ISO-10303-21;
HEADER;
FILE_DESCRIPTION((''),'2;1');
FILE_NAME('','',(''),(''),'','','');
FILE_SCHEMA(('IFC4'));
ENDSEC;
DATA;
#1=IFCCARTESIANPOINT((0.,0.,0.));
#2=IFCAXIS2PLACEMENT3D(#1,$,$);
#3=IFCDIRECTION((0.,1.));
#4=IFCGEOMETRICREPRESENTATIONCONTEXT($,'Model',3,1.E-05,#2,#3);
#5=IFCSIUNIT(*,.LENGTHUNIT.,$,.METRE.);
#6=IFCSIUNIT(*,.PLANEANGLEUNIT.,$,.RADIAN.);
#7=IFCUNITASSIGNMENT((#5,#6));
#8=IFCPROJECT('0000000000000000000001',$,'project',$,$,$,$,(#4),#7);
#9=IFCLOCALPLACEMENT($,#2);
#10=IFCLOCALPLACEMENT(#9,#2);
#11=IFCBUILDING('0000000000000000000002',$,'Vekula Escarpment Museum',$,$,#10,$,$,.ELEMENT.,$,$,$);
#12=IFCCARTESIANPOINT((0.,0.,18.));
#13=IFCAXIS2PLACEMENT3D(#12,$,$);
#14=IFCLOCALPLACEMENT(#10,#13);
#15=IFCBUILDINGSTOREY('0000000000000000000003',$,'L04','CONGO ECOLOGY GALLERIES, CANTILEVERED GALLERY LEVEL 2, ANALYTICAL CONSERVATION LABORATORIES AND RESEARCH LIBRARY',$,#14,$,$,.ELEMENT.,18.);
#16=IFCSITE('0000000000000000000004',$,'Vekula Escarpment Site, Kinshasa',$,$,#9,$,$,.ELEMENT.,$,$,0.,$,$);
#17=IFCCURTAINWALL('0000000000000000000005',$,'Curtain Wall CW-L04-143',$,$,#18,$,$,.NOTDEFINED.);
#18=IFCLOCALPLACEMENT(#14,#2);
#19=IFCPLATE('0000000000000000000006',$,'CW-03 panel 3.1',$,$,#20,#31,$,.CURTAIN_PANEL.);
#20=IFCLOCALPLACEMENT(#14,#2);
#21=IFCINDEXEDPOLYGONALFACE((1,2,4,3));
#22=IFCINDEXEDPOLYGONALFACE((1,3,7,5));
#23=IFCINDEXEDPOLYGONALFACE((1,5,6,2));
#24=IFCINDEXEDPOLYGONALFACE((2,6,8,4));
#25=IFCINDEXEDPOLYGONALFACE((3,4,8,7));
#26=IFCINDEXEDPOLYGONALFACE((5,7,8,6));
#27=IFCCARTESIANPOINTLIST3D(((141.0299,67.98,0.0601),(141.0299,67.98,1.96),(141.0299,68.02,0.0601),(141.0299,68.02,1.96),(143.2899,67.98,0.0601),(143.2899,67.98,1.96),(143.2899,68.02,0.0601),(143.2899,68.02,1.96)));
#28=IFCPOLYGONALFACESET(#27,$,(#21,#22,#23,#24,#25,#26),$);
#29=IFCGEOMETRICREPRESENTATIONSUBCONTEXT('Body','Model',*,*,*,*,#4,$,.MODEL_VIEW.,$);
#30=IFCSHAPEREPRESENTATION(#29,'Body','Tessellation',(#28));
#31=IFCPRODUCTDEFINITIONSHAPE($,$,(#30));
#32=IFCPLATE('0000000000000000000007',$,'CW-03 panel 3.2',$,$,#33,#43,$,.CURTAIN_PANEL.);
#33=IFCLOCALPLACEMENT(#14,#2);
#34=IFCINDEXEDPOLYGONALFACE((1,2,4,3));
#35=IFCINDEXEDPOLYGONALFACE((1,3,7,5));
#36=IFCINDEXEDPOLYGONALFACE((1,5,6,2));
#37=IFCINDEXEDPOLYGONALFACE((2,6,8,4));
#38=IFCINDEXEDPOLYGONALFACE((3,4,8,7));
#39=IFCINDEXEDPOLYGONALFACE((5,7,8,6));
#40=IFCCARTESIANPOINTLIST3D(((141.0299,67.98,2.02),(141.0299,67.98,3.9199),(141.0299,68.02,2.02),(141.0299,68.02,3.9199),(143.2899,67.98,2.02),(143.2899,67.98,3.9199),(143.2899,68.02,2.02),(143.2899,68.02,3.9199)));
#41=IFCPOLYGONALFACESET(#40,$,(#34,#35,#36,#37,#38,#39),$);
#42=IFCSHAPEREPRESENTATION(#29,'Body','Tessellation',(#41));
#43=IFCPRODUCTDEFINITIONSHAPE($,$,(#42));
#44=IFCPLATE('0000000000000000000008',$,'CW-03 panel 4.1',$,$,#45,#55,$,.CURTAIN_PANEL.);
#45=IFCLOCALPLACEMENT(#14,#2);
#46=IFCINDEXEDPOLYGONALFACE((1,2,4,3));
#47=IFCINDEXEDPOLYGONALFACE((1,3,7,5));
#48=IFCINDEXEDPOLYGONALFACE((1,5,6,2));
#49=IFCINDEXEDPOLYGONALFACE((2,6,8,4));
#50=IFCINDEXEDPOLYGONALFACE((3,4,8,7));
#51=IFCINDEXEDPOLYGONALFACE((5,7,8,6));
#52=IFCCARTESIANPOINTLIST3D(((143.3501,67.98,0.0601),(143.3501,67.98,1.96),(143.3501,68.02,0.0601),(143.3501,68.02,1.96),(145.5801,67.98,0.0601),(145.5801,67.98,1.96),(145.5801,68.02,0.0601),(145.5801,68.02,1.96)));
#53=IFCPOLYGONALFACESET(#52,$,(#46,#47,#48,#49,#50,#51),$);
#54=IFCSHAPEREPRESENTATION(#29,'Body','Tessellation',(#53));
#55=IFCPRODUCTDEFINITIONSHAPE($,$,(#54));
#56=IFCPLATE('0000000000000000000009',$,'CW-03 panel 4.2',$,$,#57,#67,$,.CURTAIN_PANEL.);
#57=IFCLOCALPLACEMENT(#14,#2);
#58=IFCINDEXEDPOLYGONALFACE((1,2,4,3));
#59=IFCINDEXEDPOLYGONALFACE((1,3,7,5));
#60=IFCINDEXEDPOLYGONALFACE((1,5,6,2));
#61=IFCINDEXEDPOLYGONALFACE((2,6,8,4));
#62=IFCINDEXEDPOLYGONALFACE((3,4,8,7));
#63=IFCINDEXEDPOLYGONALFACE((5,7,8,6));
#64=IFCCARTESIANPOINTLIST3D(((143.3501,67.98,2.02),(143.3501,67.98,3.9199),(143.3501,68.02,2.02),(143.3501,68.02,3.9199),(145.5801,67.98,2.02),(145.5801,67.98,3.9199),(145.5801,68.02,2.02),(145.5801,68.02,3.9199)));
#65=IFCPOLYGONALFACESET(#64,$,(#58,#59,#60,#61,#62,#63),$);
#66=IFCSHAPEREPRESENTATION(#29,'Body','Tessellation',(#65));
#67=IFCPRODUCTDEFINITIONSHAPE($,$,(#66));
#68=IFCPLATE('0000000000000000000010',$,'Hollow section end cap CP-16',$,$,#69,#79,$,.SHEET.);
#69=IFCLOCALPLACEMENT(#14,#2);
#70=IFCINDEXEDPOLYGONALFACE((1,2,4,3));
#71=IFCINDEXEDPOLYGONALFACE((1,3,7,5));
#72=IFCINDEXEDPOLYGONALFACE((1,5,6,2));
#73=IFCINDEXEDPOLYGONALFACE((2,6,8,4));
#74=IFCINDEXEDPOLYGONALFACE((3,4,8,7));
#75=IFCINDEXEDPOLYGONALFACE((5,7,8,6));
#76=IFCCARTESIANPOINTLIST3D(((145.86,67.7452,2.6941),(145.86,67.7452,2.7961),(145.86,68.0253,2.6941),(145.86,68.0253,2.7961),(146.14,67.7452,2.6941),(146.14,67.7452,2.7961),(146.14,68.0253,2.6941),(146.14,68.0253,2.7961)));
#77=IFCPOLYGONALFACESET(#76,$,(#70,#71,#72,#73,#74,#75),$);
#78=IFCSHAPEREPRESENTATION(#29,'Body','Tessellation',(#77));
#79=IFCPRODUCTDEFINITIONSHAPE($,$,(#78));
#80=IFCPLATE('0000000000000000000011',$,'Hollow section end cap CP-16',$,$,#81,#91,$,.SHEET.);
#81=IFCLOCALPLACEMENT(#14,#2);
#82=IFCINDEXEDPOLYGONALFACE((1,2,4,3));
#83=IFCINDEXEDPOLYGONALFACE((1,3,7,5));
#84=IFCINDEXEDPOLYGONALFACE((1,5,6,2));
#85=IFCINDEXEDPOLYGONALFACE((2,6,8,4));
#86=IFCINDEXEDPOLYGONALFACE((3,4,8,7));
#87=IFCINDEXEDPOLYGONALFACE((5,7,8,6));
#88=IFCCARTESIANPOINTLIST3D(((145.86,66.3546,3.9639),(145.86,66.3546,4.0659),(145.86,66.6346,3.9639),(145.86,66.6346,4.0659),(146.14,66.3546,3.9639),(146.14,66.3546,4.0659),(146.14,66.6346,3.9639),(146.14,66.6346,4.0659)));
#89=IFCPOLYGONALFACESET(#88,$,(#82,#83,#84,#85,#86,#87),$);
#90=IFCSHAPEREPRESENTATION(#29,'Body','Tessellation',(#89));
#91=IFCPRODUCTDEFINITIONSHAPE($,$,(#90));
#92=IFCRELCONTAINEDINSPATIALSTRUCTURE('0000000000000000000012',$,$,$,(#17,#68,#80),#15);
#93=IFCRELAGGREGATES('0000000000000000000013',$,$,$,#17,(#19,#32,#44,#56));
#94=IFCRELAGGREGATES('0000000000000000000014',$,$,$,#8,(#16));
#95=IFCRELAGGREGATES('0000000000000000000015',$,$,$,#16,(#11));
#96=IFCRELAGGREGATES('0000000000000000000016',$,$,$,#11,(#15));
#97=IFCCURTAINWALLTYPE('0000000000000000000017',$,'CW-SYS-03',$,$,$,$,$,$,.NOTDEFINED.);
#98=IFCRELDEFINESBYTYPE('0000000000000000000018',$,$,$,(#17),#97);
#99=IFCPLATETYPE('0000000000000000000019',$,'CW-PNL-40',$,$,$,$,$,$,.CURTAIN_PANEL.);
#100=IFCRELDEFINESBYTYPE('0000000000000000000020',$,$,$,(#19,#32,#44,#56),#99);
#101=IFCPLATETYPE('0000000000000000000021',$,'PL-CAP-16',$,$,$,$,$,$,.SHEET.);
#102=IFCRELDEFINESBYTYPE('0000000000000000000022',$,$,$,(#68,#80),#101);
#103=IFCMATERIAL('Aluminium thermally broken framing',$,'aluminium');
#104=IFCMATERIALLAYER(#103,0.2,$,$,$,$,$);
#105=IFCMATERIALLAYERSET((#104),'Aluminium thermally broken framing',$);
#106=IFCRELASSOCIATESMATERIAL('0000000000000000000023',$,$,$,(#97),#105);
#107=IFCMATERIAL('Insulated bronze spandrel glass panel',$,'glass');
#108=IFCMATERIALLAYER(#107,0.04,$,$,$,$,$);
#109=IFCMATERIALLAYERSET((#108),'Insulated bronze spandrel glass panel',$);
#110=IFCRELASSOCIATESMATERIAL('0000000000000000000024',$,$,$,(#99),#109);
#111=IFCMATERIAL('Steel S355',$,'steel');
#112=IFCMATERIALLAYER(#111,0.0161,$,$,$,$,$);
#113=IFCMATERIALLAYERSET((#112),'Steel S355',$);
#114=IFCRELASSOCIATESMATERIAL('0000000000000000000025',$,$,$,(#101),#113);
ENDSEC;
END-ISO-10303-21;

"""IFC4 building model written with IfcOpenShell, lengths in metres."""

from ifc_helpers import new_model, si_unit, direction, frame, origin, origin_2d, place, context, subcontext, project, spatial, rectangle, extrude, material, layer, layer_set, type_object, element, aggregate, save


model = new_model("IFC4")

# Units and contexts
model_context = context("Model", 3, precision=1e-05, world=origin(), true_north=direction((0.0, 1.0)))
body_context = subcontext(model_context, "Body", "Model", "MODEL_VIEW")
ifc_project = project(units=[si_unit("LENGTHUNIT", "METRE"), si_unit("PLANEANGLEUNIT", "RADIAN")], contexts=[model_context])

# Site, building, storey
site_placement = place(None, origin())
site = spatial("IfcSite", under=ifc_project, at=site_placement, Name="Vekula Escarpment Site, Kinshasa", CompositionType="ELEMENT", RefElevation=0.0)
building_placement = place(site_placement, origin())
building = spatial("IfcBuilding", under=site, at=building_placement, Name="Vekula Escarpment Museum", CompositionType="ELEMENT")
storey_placement = place(building_placement, frame((0.0, 0.0, 18.0)))
storey = spatial("IfcBuildingStorey", under=building, at=storey_placement, Name="L04", Description="CONGO ECOLOGY GALLERIES, CANTILEVERED GALLERY LEVEL 2, ANALYTICAL CONSERVATION LABORATORIES AND RESEARCH LIBRARY", CompositionType="ELEMENT", Elevation=18.0)

# Curtain wall
ifc_material_1 = material(Name="Aluminium thermally broken framing", Category="aluminium")
ifc_layer_1 = layer(ifc_material_1, 0.2)
ifc_layer_set_1 = layer_set([ifc_layer_1], Name="Aluminium thermally broken framing")
curtain_wall_type = type_object("IfcCurtainWallType", Name="CW-SYS-03", PredefinedType="NOTDEFINED", material=ifc_layer_set_1)
curtain_wall_placement = place(storey_placement, origin())
curtain_wall = element("IfcCurtainWall", 1, at=curtain_wall_placement, inside=storey, type_object=curtain_wall_type, Name="Curtain Wall CW-L04-143", PredefinedType="NOTDEFINED")

# Plates
ifc_material_2 = material(Name="Insulated bronze spandrel glass panel", Category="glass")
ifc_layer_2 = layer(ifc_material_2, 0.04)
ifc_layer_set_2 = layer_set([ifc_layer_2], Name="Insulated bronze spandrel glass panel")
plate_type_1 = type_object("IfcPlateType", Name="CW-PNL-40", PredefinedType="CURTAIN_PANEL", material=ifc_layer_set_2)
plate_1_placement = place(storey_placement, frame((142.1599, 68.0, 0.0601), z_axis=(0.0, 0.0, 1.0), x_axis=(1.0, 0.0, 0.0)))
plate_1 = element("IfcPlate", 2, at=plate_1_placement, type_object=plate_type_1, Name="CW-03 panel 3.1", PredefinedType="CURTAIN_PANEL", context=body_context, shape_type="SweptSolid", body=[
    extrude(rectangle(XDim=2.26, YDim=0.04, at=origin_2d()), origin(), (0.0, 0.0, 1.0), 1.8999),
])
plate_2_placement = place(storey_placement, frame((142.1599, 68.0, 2.02), z_axis=(0.0, 0.0, 1.0), x_axis=(1.0, 0.0, 0.0)))
plate_2 = element("IfcPlate", 3, at=plate_2_placement, type_object=plate_type_1, Name="CW-03 panel 3.2", PredefinedType="CURTAIN_PANEL", context=body_context, shape_type="SweptSolid", body=[
    extrude(rectangle(XDim=2.26, YDim=0.04, at=origin_2d()), origin(), (0.0, 0.0, 1.0), 1.8999),
])
plate_3_placement = place(storey_placement, frame((144.4651, 68.0, 0.0601), z_axis=(0.0, 0.0, 1.0), x_axis=(1.0, 0.0, 0.0)))
plate_3 = element("IfcPlate", 4, at=plate_3_placement, type_object=plate_type_1, Name="CW-03 panel 4.1", PredefinedType="CURTAIN_PANEL", context=body_context, shape_type="SweptSolid", body=[
    extrude(rectangle(XDim=2.23, YDim=0.04, at=origin_2d()), origin(), (0.0, 0.0, 1.0), 1.8999),
])
plate_4_placement = place(storey_placement, frame((144.4651, 68.0, 2.02), z_axis=(0.0, 0.0, 1.0), x_axis=(1.0, 0.0, 0.0)))
plate_4 = element("IfcPlate", 5, at=plate_4_placement, type_object=plate_type_1, Name="CW-03 panel 4.2", PredefinedType="CURTAIN_PANEL", context=body_context, shape_type="SweptSolid", body=[
    extrude(rectangle(XDim=2.23, YDim=0.04, at=origin_2d()), origin(), (0.0, 0.0, 1.0), 1.8999),
])
aggregate(curtain_wall, [plate_1, plate_2, plate_3, plate_4])

# Plates
ifc_material_3 = material(Name="Steel S355", Category="steel")
ifc_layer_3 = layer(ifc_material_3, 0.0161)
ifc_layer_set_3 = layer_set([ifc_layer_3], Name="Steel S355")
plate_type_2 = type_object("IfcPlateType", Name="PL-CAP-16", PredefinedType="SHEET", material=ifc_layer_set_3)
for number, where, z_axis, x_axis, name in (
    (6, (146.0, 67.8853, 2.6941), (0.0, 0.0, 1.0), (1.0, 0.0, 0.0), "Hollow section end cap CP-16"),
    (7, (146.0, 66.4946, 3.9639), (0.0, 0.0, 1.0), (1.0, 0.0, 0.0), "Hollow section end cap CP-16"),
):
    element("IfcPlate", number, at=place(storey_placement, frame(where, z_axis=z_axis, x_axis=x_axis)), inside=storey, type_object=plate_type_2, Name=name, PredefinedType="SHEET", context=body_context, shape_type="SweptSolid", body=[
        extrude(rectangle(XDim=0.28, YDim=0.28, at=origin_2d()), origin(), (0.0, 0.0, 1.0), 0.1021),
    ])

save(model, "model.ifc")
